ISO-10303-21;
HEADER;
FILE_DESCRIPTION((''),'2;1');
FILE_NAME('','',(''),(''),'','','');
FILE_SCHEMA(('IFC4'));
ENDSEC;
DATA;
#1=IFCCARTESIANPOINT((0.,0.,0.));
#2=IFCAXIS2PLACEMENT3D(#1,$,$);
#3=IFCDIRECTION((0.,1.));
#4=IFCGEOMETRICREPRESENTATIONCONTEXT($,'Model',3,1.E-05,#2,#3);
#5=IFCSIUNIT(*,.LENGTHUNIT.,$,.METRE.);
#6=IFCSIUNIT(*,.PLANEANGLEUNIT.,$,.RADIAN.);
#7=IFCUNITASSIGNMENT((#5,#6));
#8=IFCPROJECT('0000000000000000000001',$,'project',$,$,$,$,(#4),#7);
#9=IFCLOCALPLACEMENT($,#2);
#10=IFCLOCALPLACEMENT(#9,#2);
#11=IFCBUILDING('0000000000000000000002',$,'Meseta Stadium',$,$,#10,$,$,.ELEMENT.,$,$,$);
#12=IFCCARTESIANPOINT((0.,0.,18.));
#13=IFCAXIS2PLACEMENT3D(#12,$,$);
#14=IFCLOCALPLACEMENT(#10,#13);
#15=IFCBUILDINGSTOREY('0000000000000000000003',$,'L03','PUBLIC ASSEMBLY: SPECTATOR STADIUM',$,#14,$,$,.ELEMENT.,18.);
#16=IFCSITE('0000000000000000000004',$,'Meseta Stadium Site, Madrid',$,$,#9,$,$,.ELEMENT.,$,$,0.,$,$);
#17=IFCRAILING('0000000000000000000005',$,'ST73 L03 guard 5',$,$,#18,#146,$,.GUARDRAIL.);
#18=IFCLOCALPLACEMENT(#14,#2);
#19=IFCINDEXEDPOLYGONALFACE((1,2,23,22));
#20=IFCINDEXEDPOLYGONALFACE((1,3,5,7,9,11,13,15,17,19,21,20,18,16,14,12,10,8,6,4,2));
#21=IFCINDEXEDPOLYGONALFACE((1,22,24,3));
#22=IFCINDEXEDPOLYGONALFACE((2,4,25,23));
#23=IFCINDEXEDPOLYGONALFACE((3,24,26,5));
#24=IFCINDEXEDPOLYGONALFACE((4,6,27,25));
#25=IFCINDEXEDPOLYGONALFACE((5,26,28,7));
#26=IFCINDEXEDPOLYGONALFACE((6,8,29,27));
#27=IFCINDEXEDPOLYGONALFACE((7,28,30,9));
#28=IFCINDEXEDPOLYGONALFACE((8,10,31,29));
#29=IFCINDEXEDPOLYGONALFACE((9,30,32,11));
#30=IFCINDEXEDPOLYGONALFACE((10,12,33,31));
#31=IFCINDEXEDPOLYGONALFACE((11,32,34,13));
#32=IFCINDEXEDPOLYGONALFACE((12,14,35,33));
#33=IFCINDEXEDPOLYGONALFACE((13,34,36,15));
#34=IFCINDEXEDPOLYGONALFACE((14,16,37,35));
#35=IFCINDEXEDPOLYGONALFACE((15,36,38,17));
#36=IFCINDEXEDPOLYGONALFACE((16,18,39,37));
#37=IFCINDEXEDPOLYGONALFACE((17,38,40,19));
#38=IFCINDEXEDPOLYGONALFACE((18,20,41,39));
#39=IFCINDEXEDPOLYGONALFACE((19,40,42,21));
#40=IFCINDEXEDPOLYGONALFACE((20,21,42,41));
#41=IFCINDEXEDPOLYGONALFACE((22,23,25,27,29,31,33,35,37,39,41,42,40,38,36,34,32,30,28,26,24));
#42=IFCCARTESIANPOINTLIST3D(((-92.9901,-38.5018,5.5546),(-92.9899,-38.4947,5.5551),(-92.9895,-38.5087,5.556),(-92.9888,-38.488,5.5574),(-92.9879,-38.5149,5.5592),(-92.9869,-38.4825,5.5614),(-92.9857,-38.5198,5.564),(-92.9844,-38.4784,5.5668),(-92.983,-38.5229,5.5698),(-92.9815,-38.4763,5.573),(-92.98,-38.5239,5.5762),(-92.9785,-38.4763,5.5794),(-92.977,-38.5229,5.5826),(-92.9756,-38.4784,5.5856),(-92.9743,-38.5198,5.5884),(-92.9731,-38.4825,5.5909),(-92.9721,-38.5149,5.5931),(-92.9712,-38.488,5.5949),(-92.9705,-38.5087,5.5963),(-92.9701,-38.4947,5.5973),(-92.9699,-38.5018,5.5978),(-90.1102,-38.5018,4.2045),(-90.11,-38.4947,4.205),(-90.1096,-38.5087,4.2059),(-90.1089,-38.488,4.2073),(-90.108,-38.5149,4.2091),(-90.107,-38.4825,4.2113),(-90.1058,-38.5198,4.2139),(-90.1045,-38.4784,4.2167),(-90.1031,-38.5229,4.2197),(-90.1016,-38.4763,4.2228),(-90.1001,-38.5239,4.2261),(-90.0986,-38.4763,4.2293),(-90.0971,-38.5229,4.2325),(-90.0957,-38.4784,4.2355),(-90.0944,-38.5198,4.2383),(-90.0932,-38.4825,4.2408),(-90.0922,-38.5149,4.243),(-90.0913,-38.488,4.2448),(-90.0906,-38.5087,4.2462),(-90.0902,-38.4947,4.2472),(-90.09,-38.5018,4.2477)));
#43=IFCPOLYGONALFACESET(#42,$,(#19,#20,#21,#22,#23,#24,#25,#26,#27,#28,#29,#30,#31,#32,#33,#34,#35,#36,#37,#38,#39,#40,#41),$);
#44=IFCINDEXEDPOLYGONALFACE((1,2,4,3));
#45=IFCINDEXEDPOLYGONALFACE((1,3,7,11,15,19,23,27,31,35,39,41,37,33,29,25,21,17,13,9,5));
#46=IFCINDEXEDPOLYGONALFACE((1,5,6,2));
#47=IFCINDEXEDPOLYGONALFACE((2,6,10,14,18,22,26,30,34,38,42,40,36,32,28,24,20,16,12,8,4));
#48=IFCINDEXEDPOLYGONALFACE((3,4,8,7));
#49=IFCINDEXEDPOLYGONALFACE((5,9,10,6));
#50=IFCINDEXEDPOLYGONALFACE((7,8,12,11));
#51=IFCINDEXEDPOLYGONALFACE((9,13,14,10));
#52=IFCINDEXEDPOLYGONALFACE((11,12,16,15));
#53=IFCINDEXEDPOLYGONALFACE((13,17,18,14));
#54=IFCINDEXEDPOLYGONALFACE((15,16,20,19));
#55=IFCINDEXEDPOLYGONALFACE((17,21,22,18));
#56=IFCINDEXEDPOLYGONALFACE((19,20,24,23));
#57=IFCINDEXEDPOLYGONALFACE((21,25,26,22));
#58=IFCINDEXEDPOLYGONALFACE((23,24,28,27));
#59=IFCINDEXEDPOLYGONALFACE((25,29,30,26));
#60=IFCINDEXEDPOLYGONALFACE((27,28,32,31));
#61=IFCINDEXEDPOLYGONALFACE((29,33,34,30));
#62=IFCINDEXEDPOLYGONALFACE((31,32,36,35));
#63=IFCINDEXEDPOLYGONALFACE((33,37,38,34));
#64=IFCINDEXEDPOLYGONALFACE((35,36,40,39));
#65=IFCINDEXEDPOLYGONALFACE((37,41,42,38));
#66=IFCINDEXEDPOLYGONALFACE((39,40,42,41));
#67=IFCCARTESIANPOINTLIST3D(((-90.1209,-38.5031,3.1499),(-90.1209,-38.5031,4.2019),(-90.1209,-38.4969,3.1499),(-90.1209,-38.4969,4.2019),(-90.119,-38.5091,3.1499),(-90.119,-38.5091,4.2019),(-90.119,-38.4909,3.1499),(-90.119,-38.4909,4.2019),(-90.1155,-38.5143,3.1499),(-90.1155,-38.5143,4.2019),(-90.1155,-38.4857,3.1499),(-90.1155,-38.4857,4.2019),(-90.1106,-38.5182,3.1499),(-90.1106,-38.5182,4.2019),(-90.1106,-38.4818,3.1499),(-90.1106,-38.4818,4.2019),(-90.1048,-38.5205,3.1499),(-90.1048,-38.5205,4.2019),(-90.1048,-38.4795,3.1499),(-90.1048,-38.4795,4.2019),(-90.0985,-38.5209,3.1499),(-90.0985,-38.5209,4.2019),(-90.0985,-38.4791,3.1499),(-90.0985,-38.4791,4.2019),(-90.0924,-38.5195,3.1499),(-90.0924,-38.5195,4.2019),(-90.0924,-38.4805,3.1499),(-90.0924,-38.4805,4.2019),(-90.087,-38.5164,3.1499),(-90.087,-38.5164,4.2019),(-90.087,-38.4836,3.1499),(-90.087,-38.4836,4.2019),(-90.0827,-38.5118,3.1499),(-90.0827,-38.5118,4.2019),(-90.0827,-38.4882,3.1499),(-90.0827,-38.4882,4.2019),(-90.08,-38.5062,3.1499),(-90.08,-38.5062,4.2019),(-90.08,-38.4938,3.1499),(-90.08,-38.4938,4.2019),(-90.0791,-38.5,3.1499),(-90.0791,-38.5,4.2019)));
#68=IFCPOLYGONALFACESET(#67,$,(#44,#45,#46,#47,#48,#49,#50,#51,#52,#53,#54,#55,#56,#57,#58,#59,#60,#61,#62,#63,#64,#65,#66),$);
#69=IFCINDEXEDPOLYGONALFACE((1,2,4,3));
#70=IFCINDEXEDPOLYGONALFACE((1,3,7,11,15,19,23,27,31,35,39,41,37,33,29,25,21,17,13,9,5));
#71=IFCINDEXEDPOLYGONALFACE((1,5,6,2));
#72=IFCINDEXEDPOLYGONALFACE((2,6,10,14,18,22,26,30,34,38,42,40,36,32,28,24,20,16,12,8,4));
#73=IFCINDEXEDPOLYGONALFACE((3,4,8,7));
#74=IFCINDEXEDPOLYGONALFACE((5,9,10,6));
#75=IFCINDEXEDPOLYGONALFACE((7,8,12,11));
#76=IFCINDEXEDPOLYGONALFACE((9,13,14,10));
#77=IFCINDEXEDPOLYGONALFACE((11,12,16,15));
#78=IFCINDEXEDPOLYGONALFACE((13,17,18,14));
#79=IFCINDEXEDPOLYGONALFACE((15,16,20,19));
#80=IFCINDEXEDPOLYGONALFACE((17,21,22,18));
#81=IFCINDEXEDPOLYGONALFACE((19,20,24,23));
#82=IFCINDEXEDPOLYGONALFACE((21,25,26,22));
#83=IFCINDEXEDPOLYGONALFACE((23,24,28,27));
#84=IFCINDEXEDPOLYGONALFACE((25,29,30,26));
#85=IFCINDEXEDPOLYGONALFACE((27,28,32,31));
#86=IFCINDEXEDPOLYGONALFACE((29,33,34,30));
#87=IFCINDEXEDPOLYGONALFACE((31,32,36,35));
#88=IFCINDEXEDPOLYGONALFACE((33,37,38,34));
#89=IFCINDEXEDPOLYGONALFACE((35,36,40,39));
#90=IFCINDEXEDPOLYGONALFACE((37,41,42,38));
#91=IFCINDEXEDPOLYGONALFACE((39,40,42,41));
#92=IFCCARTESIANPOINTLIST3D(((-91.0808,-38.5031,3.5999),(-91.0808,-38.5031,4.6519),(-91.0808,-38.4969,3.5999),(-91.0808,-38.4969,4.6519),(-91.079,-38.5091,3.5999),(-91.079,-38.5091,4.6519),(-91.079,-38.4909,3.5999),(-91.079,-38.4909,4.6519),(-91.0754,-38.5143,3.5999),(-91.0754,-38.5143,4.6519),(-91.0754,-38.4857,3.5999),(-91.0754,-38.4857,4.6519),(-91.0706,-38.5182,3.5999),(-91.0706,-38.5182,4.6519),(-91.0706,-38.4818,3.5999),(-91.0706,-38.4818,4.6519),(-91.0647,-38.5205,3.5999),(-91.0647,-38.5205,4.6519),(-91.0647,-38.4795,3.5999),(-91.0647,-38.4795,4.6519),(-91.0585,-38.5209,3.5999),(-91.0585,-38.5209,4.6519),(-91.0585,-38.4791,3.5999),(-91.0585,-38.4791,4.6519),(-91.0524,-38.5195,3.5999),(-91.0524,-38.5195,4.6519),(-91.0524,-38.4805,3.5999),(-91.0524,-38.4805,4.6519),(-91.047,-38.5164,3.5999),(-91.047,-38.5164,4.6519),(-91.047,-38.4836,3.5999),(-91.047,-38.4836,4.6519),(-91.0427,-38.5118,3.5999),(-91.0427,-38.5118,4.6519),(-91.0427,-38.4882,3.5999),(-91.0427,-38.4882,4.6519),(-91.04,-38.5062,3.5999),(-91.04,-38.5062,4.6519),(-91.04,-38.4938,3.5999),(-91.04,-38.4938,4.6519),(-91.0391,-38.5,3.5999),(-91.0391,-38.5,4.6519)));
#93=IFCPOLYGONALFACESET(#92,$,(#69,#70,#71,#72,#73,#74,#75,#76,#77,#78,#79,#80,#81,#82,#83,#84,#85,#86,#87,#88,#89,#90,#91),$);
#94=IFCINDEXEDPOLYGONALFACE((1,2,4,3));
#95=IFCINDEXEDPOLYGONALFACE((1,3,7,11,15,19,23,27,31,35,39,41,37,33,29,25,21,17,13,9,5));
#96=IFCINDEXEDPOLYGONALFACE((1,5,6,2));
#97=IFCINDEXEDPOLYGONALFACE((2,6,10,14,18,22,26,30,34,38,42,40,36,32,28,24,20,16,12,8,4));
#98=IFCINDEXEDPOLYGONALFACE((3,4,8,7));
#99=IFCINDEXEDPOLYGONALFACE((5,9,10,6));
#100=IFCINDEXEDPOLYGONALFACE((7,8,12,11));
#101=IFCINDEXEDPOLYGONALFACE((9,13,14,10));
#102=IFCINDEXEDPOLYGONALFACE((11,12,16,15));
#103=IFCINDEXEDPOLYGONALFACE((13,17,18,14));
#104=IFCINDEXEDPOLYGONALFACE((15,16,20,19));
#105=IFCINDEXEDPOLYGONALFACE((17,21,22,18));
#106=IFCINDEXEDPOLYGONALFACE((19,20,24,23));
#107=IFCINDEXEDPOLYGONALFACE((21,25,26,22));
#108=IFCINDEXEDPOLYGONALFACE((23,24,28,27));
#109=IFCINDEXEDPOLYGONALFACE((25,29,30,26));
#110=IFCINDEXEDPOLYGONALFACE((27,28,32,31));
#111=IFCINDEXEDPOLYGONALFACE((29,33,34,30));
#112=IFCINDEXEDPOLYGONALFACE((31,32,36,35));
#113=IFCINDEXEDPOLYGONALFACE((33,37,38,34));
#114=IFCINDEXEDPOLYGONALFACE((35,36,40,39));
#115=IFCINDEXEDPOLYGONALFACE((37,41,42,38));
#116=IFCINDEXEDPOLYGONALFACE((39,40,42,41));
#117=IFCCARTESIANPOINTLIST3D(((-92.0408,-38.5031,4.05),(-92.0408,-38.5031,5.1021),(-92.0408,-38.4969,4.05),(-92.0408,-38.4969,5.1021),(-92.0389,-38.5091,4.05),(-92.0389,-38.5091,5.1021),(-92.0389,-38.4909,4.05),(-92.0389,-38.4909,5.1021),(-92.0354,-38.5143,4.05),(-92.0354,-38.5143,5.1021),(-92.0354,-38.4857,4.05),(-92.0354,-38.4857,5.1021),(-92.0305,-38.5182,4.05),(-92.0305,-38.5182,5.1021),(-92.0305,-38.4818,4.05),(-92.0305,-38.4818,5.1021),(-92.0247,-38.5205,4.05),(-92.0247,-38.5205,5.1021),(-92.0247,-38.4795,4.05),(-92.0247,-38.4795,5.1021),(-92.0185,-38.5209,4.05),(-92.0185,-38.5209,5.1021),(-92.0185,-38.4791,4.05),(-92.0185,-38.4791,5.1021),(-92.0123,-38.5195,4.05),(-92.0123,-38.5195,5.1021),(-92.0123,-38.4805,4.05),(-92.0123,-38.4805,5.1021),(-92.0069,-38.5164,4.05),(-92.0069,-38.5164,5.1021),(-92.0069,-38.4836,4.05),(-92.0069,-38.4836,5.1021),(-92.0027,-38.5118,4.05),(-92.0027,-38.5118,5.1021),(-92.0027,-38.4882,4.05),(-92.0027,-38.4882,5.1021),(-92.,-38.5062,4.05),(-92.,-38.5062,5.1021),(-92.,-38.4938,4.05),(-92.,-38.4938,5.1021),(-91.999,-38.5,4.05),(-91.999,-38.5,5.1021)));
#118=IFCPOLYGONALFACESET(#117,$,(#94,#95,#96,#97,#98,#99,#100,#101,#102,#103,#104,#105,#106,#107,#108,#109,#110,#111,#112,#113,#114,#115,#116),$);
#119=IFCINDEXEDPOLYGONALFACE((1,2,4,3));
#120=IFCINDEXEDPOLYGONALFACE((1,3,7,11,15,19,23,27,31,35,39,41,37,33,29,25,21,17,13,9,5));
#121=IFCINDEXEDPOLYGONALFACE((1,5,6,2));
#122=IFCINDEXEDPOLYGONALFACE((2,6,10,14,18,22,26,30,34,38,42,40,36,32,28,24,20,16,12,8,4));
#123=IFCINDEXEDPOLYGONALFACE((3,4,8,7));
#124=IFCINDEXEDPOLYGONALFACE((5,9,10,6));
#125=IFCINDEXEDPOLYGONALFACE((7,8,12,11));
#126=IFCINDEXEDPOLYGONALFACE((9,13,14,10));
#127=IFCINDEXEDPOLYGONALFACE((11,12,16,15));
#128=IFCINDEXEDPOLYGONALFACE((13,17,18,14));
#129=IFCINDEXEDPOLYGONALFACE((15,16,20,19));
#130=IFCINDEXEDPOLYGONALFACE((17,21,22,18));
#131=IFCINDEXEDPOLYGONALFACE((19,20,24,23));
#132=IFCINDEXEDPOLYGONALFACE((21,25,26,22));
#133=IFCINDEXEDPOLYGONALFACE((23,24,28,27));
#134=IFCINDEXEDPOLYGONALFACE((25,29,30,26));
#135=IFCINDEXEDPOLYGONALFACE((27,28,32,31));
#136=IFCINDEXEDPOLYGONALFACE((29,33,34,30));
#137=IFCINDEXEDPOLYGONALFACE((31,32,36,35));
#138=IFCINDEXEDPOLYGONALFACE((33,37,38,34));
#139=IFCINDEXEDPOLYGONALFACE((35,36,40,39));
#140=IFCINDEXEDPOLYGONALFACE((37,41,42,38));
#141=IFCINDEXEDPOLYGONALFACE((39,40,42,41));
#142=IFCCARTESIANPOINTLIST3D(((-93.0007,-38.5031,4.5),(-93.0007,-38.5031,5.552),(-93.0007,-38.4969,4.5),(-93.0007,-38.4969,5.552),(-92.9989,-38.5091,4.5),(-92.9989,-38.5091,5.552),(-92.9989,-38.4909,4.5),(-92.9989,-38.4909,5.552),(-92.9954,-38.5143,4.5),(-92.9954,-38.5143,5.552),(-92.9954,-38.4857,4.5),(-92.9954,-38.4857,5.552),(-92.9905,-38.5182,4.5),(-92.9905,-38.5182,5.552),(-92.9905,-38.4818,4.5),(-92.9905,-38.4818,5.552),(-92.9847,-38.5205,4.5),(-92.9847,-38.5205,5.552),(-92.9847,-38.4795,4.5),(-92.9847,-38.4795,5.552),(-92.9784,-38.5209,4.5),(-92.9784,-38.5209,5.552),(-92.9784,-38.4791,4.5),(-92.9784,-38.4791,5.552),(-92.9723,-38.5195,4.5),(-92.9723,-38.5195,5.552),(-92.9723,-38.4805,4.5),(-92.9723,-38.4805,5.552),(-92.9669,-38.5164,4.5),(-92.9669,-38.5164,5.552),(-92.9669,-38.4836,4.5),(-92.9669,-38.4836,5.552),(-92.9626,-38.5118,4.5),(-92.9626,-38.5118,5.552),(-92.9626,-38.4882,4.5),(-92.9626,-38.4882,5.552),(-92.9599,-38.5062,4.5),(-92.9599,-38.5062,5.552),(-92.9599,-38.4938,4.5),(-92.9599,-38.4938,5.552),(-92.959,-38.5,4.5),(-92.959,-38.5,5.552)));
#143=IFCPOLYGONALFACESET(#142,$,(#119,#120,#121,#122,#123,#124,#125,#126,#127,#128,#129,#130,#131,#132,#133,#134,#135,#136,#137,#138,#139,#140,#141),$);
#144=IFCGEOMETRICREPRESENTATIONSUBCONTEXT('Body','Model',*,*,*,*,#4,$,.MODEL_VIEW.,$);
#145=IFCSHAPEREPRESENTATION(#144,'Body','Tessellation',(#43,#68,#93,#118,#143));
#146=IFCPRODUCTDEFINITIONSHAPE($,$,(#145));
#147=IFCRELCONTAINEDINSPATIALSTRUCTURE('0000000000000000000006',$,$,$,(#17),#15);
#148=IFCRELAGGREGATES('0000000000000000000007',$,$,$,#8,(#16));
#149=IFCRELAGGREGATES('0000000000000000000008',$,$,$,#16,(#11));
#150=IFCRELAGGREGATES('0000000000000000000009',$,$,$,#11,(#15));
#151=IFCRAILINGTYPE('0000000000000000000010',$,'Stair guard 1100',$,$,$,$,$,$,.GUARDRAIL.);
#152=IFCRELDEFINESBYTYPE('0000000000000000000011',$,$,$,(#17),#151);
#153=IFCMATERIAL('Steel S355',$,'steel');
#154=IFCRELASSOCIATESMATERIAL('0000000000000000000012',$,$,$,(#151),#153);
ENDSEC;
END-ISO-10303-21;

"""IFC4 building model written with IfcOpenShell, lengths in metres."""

from ifc_helpers import new_model, si_unit, direction, frame, origin, origin_2d, place, context, subcontext, project, spatial, circle, extrude, material, type_object, element, save


model = new_model("IFC4")

# Units and contexts
model_context = context("Model", 3, precision=1e-05, world=origin(), true_north=direction((0.0, 1.0)))
body_context = subcontext(model_context, "Body", "Model", "MODEL_VIEW")
ifc_project = project(units=[si_unit("LENGTHUNIT", "METRE"), si_unit("PLANEANGLEUNIT", "RADIAN")], contexts=[model_context])

# Site, building, storey
site_placement = place(None, origin())
site = spatial("IfcSite", under=ifc_project, at=site_placement, Name="Meseta Stadium Site, Madrid", CompositionType="ELEMENT", RefElevation=0.0)
building_placement = place(site_placement, origin())
building = spatial("IfcBuilding", under=site, at=building_placement, Name="Meseta Stadium", CompositionType="ELEMENT")
storey_placement = place(building_placement, frame((0.0, 0.0, 18.0)))
storey = spatial("IfcBuildingStorey", under=building, at=storey_placement, Name="L03", Description="PUBLIC ASSEMBLY: SPECTATOR STADIUM", CompositionType="ELEMENT", Elevation=18.0)

# Railing
ifc_material_1 = material(Name="Steel S355", Category="steel")
railing_type_1 = type_object("IfcRailingType", Name="Stair guard 1100", PredefinedType="GUARDRAIL", material=ifc_material_1)
for number, where, name in (
    (1, (-90.1001, -38.5, 3.1499), "ST73 L03 guard 5"),
):
    element("IfcRailing", number, at=place(storey_placement, frame(where)), inside=storey, type_object=railing_type_1, Name=name, PredefinedType="GUARDRAIL", context=body_context, shape_type="SweptSolid", body=[
        extrude(circle(Radius=0.0239, at=origin_2d()), frame((0.0, 0.0, 1.0762), z_axis=(-0.90544, 0.0, 0.424473), x_axis=(0.0, -1.0, 0.0)), (0.0, 0.0, 1.0), 3.1807),
        extrude(circle(Radius=0.021, at=origin_2d()), origin(), (0.0, 0.0, 1.0), 1.052),
        extrude(circle(Radius=0.021, at=origin_2d()), frame((-0.96, 0.0, 0.45)), (0.0, 0.0, 1.0), 1.052),
        extrude(circle(Radius=0.021, at=origin_2d()), frame((-1.9199, 0.0, 0.9001)), (0.0, 0.0, 1.0), 1.052),
        extrude(circle(Radius=0.021, at=origin_2d()), frame((-2.8799, 0.0, 1.3501)), (0.0, 0.0, 1.0), 1.052),
    ])

save(model, "model.ifc")
